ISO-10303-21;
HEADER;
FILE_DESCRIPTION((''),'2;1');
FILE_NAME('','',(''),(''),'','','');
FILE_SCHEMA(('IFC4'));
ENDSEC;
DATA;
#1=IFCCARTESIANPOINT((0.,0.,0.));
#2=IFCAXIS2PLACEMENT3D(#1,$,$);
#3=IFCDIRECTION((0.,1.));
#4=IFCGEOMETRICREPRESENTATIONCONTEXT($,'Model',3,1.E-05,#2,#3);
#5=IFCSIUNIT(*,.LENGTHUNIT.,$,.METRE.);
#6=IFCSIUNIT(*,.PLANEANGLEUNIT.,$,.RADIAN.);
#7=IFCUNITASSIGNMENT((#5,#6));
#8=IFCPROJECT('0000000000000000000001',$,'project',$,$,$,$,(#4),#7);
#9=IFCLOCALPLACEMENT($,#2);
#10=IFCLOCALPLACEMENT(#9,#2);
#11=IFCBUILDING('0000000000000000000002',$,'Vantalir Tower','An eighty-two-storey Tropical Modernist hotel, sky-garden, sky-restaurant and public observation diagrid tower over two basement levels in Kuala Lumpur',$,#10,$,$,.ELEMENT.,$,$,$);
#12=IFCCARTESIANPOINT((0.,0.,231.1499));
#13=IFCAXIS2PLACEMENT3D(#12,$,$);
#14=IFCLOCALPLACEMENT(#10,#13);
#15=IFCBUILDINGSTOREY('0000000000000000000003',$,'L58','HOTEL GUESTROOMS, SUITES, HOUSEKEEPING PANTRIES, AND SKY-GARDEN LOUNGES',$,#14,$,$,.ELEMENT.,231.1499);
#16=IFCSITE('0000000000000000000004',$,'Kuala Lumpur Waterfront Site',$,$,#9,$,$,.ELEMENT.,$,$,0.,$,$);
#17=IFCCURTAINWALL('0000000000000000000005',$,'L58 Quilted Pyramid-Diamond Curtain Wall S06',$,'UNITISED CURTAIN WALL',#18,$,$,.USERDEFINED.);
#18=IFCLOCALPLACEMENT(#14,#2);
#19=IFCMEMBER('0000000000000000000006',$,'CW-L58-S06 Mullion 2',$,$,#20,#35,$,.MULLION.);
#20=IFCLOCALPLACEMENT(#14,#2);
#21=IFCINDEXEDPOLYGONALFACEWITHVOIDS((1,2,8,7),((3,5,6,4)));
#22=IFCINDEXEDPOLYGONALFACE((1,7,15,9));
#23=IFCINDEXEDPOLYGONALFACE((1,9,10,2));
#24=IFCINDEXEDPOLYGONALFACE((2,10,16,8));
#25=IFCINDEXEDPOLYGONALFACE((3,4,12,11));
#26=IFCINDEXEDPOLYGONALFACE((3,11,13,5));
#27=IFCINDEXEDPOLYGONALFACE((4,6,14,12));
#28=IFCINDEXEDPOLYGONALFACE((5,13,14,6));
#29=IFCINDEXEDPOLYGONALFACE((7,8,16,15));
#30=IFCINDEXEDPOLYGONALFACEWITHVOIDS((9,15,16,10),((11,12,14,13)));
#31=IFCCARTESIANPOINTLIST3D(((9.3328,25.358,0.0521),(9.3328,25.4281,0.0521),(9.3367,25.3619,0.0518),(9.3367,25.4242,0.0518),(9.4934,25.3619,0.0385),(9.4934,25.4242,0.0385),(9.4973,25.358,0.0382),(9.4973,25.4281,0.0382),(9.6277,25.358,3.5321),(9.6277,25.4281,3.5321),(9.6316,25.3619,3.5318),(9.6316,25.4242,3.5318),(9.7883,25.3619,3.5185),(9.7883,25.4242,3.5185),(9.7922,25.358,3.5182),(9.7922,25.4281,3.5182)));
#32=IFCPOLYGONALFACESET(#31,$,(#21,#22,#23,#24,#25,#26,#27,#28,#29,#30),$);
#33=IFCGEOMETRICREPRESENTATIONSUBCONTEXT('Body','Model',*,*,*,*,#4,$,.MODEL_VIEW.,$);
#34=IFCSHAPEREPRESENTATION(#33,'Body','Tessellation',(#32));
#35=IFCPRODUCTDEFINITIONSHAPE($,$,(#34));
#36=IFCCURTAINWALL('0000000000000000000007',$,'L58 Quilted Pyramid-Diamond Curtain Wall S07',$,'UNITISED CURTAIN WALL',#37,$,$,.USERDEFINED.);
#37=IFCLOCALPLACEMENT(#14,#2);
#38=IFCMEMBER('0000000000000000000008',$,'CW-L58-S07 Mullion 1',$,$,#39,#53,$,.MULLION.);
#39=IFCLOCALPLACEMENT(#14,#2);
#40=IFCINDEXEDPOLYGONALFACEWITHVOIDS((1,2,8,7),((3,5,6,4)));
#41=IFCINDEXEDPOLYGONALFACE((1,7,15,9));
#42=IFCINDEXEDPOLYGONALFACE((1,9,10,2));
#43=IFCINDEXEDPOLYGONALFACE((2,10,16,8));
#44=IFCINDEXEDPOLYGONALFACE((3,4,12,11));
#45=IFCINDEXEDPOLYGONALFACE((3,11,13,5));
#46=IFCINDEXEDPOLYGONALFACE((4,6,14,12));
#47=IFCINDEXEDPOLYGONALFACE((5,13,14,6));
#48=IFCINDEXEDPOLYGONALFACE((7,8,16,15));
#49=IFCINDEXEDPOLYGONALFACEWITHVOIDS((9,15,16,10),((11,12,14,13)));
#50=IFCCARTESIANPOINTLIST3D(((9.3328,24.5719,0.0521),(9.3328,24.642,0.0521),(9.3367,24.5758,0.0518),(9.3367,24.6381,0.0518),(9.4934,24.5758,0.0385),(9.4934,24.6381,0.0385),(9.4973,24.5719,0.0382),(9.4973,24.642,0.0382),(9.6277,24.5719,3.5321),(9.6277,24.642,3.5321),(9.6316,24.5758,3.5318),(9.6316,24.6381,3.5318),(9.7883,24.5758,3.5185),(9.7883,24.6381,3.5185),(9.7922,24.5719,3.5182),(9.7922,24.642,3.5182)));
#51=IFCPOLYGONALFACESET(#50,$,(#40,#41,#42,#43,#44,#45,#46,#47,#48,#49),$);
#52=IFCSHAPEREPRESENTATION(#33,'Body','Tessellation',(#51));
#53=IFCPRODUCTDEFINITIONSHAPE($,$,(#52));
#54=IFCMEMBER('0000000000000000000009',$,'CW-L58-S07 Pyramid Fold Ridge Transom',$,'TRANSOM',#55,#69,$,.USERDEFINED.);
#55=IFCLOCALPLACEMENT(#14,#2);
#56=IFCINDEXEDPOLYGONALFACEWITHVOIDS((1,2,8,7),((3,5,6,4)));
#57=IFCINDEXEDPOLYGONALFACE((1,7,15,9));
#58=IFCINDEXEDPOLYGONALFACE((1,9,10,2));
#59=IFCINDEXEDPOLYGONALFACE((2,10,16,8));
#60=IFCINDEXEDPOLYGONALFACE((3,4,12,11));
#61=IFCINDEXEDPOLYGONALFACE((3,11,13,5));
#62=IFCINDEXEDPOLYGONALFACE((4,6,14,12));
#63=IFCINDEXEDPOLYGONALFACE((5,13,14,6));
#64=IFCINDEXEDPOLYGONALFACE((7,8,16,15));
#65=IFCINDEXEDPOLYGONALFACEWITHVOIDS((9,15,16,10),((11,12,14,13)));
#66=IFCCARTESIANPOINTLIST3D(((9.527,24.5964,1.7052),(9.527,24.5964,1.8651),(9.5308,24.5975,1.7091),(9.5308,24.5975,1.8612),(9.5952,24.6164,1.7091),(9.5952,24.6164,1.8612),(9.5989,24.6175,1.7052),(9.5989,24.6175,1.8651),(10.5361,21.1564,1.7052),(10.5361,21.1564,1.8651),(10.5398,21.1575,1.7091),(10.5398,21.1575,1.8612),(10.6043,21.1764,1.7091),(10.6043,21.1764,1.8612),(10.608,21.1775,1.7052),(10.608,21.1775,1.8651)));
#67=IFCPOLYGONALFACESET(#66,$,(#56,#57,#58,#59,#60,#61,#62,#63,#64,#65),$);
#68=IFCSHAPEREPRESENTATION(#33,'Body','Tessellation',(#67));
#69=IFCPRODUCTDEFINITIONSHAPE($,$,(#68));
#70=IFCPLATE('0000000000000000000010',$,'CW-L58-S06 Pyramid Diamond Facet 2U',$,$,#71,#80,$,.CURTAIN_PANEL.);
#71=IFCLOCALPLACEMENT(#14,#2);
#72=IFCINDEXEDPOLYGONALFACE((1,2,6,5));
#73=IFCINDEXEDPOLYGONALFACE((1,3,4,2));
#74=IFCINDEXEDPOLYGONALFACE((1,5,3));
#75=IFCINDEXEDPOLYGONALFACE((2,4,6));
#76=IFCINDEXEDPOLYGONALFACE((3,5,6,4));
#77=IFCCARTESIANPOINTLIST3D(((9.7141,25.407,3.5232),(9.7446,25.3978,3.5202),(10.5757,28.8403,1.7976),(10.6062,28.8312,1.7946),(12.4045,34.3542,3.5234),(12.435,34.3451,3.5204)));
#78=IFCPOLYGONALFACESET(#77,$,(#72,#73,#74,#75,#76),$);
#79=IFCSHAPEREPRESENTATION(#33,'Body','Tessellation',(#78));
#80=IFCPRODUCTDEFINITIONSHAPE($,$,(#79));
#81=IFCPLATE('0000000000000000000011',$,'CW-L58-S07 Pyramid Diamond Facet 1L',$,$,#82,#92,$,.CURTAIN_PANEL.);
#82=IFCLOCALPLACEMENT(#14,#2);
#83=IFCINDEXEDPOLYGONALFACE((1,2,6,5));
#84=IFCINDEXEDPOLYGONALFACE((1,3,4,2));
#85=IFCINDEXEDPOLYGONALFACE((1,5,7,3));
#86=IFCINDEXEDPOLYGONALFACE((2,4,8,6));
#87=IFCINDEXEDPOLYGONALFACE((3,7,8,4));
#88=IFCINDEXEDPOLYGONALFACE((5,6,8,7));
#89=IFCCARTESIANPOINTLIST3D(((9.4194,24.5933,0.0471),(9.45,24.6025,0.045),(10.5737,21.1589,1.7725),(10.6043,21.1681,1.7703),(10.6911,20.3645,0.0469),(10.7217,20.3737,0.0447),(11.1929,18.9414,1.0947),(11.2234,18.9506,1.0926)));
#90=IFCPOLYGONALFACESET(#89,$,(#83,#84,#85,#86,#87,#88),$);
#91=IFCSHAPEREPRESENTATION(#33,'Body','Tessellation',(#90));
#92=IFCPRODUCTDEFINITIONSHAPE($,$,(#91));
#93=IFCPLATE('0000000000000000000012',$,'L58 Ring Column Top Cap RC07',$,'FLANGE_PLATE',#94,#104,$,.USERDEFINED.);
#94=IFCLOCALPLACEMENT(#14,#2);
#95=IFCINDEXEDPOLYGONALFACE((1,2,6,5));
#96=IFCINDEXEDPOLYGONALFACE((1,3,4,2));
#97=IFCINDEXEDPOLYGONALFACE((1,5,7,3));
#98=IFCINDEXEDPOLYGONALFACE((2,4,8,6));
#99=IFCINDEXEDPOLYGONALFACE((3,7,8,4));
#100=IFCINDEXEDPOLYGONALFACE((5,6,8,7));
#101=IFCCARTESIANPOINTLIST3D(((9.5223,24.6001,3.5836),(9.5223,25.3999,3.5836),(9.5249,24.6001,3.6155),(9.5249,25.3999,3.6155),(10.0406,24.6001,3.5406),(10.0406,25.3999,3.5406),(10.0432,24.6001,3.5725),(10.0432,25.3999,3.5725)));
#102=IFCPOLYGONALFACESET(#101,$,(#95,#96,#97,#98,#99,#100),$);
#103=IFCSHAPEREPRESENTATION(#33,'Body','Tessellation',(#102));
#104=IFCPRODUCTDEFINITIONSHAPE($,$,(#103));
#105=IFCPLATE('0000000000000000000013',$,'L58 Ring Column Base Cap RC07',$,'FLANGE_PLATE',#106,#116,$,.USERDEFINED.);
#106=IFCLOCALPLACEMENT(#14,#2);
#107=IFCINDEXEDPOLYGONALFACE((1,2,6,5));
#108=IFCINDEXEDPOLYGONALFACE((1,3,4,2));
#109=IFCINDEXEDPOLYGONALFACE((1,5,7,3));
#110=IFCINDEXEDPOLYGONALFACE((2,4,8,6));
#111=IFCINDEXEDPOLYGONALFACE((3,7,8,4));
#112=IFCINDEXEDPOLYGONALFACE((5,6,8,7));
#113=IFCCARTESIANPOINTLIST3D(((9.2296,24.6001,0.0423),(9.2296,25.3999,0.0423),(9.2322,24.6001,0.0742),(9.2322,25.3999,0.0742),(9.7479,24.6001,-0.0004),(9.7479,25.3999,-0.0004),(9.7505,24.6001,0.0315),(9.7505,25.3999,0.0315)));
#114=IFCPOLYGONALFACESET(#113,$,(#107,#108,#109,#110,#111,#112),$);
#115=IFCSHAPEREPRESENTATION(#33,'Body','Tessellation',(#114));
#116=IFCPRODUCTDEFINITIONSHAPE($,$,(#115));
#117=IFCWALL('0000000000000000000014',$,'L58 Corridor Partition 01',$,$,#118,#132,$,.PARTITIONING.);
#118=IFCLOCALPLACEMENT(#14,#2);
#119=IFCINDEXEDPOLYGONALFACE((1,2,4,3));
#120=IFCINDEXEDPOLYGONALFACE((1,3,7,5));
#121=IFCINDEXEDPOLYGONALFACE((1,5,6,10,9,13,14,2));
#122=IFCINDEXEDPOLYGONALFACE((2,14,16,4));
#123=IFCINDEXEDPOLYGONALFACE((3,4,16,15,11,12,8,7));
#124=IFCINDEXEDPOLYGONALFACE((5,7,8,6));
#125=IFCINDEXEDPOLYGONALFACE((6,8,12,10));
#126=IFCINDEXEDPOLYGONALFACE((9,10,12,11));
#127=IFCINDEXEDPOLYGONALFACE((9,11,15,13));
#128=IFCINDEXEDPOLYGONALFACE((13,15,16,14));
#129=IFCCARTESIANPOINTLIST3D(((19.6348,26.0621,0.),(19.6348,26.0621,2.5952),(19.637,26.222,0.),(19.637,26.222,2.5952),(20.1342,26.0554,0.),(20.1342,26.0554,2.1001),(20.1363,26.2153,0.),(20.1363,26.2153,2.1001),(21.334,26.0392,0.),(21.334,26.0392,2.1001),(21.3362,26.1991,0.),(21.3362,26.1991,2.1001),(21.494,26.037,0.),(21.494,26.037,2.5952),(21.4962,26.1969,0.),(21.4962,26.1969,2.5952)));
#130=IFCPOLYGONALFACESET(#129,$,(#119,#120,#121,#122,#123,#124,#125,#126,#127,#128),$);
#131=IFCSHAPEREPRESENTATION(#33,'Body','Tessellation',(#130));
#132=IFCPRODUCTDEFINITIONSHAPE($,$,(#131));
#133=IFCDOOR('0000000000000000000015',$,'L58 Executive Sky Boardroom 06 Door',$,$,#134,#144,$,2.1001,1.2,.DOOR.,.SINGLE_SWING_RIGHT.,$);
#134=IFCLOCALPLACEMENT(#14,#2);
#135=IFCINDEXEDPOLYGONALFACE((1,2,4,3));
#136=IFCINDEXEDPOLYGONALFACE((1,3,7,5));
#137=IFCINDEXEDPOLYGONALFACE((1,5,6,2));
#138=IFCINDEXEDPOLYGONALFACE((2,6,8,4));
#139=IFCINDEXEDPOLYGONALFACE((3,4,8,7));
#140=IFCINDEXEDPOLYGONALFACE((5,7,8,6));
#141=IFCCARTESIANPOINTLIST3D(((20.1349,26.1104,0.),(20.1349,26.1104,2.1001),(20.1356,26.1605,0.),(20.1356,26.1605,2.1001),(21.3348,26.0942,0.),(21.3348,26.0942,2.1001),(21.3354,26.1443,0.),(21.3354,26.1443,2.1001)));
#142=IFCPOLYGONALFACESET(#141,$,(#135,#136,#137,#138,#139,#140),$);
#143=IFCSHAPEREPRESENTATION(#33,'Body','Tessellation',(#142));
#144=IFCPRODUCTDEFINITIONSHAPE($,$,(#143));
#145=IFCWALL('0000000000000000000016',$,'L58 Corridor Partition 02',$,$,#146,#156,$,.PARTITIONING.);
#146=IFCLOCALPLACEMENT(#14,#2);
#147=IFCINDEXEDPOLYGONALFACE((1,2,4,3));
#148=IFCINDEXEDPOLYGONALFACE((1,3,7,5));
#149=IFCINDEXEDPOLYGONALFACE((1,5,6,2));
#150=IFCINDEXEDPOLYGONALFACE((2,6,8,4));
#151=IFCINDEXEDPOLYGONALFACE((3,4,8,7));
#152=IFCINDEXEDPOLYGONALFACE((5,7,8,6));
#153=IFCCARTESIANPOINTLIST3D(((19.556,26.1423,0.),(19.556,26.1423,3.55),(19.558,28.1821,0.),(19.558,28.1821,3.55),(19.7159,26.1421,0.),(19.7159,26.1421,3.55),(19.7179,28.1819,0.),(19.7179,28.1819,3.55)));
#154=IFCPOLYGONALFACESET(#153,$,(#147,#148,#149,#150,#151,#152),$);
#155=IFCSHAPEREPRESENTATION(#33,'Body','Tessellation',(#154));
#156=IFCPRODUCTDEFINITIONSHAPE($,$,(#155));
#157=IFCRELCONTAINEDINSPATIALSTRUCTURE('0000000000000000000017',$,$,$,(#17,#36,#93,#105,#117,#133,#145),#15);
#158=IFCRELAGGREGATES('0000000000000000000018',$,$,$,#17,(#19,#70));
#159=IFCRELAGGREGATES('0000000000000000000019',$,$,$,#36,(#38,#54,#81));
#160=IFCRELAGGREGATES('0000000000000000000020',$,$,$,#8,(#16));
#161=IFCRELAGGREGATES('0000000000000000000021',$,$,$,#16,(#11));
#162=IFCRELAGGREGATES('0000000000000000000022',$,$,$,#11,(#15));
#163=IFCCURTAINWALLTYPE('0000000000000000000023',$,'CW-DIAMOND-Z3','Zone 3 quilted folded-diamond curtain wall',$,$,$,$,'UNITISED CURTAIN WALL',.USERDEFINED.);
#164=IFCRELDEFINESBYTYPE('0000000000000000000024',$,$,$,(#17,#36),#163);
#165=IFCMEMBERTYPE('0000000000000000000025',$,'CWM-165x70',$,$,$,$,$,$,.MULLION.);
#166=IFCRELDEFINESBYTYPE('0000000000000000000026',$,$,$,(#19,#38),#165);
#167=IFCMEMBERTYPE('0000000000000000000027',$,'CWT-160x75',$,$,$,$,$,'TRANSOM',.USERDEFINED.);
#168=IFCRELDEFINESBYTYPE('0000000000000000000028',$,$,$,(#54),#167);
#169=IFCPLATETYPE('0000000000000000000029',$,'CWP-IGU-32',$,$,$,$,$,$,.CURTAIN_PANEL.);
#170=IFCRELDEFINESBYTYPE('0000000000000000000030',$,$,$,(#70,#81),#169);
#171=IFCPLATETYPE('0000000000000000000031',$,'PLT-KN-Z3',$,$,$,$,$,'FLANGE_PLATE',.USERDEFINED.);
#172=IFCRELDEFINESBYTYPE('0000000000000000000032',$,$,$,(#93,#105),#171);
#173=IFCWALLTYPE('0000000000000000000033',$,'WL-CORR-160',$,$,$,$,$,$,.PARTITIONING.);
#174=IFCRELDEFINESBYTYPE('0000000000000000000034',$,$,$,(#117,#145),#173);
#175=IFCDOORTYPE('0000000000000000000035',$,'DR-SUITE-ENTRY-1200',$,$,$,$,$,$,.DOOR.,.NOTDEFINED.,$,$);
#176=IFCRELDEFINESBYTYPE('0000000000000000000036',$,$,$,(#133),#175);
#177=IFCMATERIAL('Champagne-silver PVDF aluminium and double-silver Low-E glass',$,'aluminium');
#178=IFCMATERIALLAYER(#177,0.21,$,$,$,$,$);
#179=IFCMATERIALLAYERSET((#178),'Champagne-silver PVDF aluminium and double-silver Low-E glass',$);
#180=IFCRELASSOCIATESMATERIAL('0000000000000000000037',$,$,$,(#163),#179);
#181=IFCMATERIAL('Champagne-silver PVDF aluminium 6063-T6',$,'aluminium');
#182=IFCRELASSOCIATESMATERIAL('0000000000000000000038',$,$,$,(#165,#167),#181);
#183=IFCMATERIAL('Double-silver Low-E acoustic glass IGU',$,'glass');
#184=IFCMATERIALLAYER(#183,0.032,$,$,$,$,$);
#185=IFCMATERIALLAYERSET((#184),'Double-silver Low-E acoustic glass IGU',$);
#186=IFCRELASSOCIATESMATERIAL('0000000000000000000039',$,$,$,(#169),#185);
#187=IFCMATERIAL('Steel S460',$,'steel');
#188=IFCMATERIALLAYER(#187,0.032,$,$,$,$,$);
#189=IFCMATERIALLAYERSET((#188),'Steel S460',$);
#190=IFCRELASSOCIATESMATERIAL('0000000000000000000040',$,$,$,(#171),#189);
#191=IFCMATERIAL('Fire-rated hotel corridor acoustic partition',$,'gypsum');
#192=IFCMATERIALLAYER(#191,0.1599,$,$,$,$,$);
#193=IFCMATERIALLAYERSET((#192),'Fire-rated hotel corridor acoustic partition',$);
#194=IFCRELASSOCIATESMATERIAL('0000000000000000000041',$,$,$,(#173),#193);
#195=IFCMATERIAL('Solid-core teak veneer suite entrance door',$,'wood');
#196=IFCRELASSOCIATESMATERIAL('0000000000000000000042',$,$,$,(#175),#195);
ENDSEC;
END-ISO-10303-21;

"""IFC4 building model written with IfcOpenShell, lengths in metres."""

from ifc_helpers import new_model, si_unit, direction, frame, frame_2d, origin, origin_2d, place, context, subcontext, project, spatial, polyline, rectangle, hollow_rectangle, outline, extrude, material, layer, layer_set, material_profile, profile_set, type_object, element, fill, aggregate, save


model = new_model("IFC4")

# Units and contexts
model_context = context("Model", 3, precision=1e-05, world=origin(), true_north=direction((0.0, 1.0)))
body_context = subcontext(model_context, "Body", "Model", "MODEL_VIEW")
ifc_project = project(units=[si_unit("LENGTHUNIT", "METRE"), si_unit("PLANEANGLEUNIT", "RADIAN")], contexts=[model_context])

# Site, building, storey
site_placement = place(None, origin())
site = spatial("IfcSite", under=ifc_project, at=site_placement, Name="Kuala Lumpur Waterfront Site", CompositionType="ELEMENT", RefElevation=0.0)
building_placement = place(site_placement, origin())
building = spatial("IfcBuilding", under=site, at=building_placement, Name="Vantalir Tower", Description="An eighty-two-storey Tropical Modernist hotel, sky-garden, sky-restaurant and public observation diagrid tower over two basement levels in Kuala Lumpur", CompositionType="ELEMENT")
storey_placement = place(building_placement, frame((0.0, 0.0, 231.1499)))
storey = spatial("IfcBuildingStorey", under=building, at=storey_placement, Name="L58", Description="HOTEL GUESTROOMS, SUITES, HOUSEKEEPING PANTRIES, AND SKY-GARDEN LOUNGES", CompositionType="ELEMENT", Elevation=231.1499)

# Shared definitions
ifc_material_1 = material(Name="Steel S460", Category="steel")

# Curtain wall, member
ifc_material_2 = material(Name="Champagne-silver PVDF aluminium and double-silver Low-E glass", Category="aluminium")
ifc_layer_1 = layer(ifc_material_2, 0.21)
ifc_layer_set_1 = layer_set([ifc_layer_1], Name="Champagne-silver PVDF aluminium and double-silver Low-E glass")
curtain_wall_type = type_object("IfcCurtainWallType", Name="CW-DIAMOND-Z3", Description="Zone 3 quilted folded-diamond curtain wall", ElementType="UNITISED CURTAIN WALL", PredefinedType="USERDEFINED", material=ifc_layer_set_1)
curtain_wall_1_placement = place(storey_placement, origin())
curtain_wall_1 = element("IfcCurtainWall", 1, at=curtain_wall_1_placement, inside=storey, type_object=curtain_wall_type, Name="L58 Quilted Pyramid-Diamond Curtain Wall S06", ObjectType="UNITISED CURTAIN WALL", PredefinedType="USERDEFINED")
ifc_material_3 = material(Name="Champagne-silver PVDF aluminium 6063-T6", Category="aluminium")
ifc_material_profile_1 = material_profile(ifc_material_3, hollow_rectangle(XDim=0.0701, YDim=0.165, WallThickness=0.0039, at=origin_2d()), Name="Champagne-silver PVDF aluminium 6063-T6")
ifc_profile_set_1 = profile_set([ifc_material_profile_1], Name="Champagne-silver PVDF aluminium 6063-T6")
member_type_1 = type_object("IfcMemberType", Name="CWM-165x70", PredefinedType="MULLION", material=ifc_profile_set_1)
member_1_placement = place(storey_placement, frame((9.415, 25.3931, 0.0452), z_axis=(0.084445, 0.0, 0.996428), x_axis=(0.0, 1.0, 0.0)))
member_1 = element("IfcMember", 2, at=member_1_placement, type_object=member_type_1, Name="CW-L58-S06 Mullion 2", PredefinedType="MULLION", context=body_context, shape_type="SweptSolid", body=[
    extrude(hollow_rectangle(XDim=0.0701, YDim=0.165, WallThickness=0.0039, at=origin_2d()), origin(), (0.0, 0.0, 1.0), 3.4924),
])

# Curtain wall, members
curtain_wall_2_placement = place(storey_placement, origin())
curtain_wall_2 = element("IfcCurtainWall", 3, at=curtain_wall_2_placement, inside=storey, type_object=curtain_wall_type, Name="L58 Quilted Pyramid-Diamond Curtain Wall S07", ObjectType="UNITISED CURTAIN WALL", PredefinedType="USERDEFINED")
member_2_placement = place(storey_placement, frame((9.415, 24.6069, 0.0452), z_axis=(0.084445, 0.0, 0.996428), x_axis=(0.0, 1.0, 0.0)))
member_2 = element("IfcMember", 4, at=member_2_placement, type_object=member_type_1, Name="CW-L58-S07 Mullion 1", PredefinedType="MULLION", context=body_context, shape_type="SweptSolid", body=[
    extrude(hollow_rectangle(XDim=0.0701, YDim=0.165, WallThickness=0.0039, at=origin_2d()), origin(), (0.0, 0.0, 1.0), 3.4924),
])
ifc_material_profile_2 = material_profile(ifc_material_3, hollow_rectangle(XDim=0.075, YDim=0.1599, WallThickness=0.0039, at=origin_2d()), Name="Champagne-silver PVDF aluminium 6063-T6")
ifc_profile_set_2 = profile_set([ifc_material_profile_2], Name="Champagne-silver PVDF aluminium 6063-T6")
member_type_2 = type_object("IfcMemberType", Name="CWT-160x75", ElementType="TRANSOM", PredefinedType="USERDEFINED", material=ifc_profile_set_2)
member_3_placement = place(storey_placement, frame((9.563, 24.6069, 1.7852), z_axis=(0.281469, -0.95957, 0.0), x_axis=(0.95957, 0.281469, 0.0)))
member_3 = element("IfcMember", 5, at=member_3_placement, type_object=member_type_2, Name="CW-L58-S07 Pyramid Fold Ridge Transom", ObjectType="TRANSOM", PredefinedType="USERDEFINED", context=body_context, shape_type="SweptSolid", body=[
    extrude(hollow_rectangle(XDim=0.075, YDim=0.1599, WallThickness=0.0039, at=origin_2d()), origin(), (0.0, 0.0, 1.0), 3.585),
])

# Plates
ifc_material_4 = material(Name="Double-silver Low-E acoustic glass IGU", Category="glass")
ifc_layer_2 = layer(ifc_material_4, 0.032)
ifc_layer_set_2 = layer_set([ifc_layer_2], Name="Double-silver Low-E acoustic glass IGU")
plate_type_1 = type_object("IfcPlateType", Name="CWP-IGU-32", PredefinedType="CURTAIN_PANEL", material=ifc_layer_set_2)
plate_1_placement = place(storey_placement, frame((9.7141, 25.407, 3.5232), z_axis=(-0.953368, 0.286674, 0.094377), x_axis=(0.287962, 0.957642, 0.000026)))
plate_1 = element("IfcPlate", 6, at=plate_1_placement, type_object=plate_type_1, Name="CW-L58-S06 Pyramid Diamond Facet 2U", PredefinedType="CURTAIN_PANEL", context=body_context, shape_type="SweptSolid", body=[
    extrude(outline(polyline([(0.0, 0.0), (9.343, 0.0), (3.536, 1.7334), (0.0, 0.0)])), origin(), (0.0, 0.0, -1.0), 0.032),
])
aggregate(curtain_wall_1, [member_1, plate_1])
plate_2_placement = place(storey_placement, frame((9.4194, 24.5933, 0.0471), z_axis=(-0.955465, -0.287338, 0.067263), x_axis=(0.287986, -0.957635, -0.000055)))
plate_2 = element("IfcPlate", 7, at=plate_2_placement, type_object=plate_type_1, Name="CW-L58-S07 Pyramid Diamond Facet 1L", PredefinedType="CURTAIN_PANEL", context=body_context, shape_type="SweptSolid", body=[
    extrude(outline(polyline([(0.0, 0.0), (4.4158, 0.0), (5.9231, 1.0503), (3.6212, 1.7295), (0.0, 0.0)])), origin(), (0.0, 0.0, -1.0), 0.032),
])
aggregate(curtain_wall_2, [member_2, member_3, plate_2])

# Plates
ifc_layer_3 = layer(ifc_material_1, 0.032)
ifc_layer_set_3 = layer_set([ifc_layer_3], Name="Steel S460")
plate_type_2 = type_object("IfcPlateType", Name="PLT-KN-Z3", ElementType="FLANGE_PLATE", PredefinedType="USERDEFINED", material=ifc_layer_set_3)
plate_3_placement = place(storey_placement, frame((9.5249, 25.3999, 3.6155), z_axis=(0.082618, 0.0, 0.996581), x_axis=(0.0, -1.0, 0.0)))
element("IfcPlate", 8, at=plate_3_placement, inside=storey, type_object=plate_type_2, Name="L58 Ring Column Top Cap RC07", ObjectType="FLANGE_PLATE", PredefinedType="USERDEFINED", context=body_context, shape_type="SweptSolid", body=[
    extrude(outline(polyline([(0.0, 0.0), (0.7998, 0.0), (0.7998, 0.5201), (0.0, 0.5201), (0.0, 0.0)])), origin(), (0.0, 0.0, -1.0), 0.032),
])
plate_4_placement = place(storey_placement, frame((9.2322, 25.3999, 0.0742), z_axis=(0.082152, 0.0, 0.99662), x_axis=(0.0, -1.0, 0.0)))
element("IfcPlate", 9, at=plate_4_placement, inside=storey, type_object=plate_type_2, Name="L58 Ring Column Base Cap RC07", ObjectType="FLANGE_PLATE", PredefinedType="USERDEFINED", context=body_context, shape_type="SweptSolid", body=[
    extrude(outline(polyline([(0.0, 0.0), (0.7998, 0.0), (0.7998, 0.5201), (0.0, 0.5201), (0.0, 0.0)])), origin(), (0.0, 0.0, -1.0), 0.032),
])

# Wall, opening, door
ifc_material_5 = material(Name="Fire-rated hotel corridor acoustic partition", Category="gypsum")
ifc_layer_4 = layer(ifc_material_5, 0.1599)
ifc_layer_set_4 = layer_set([ifc_layer_4], Name="Fire-rated hotel corridor acoustic partition")
wall_type_1 = type_object("IfcWallType", Name="WL-CORR-160", PredefinedType="PARTITIONING", material=ifc_layer_set_4)
wall_1_placement = place(storey_placement, frame((21.4951, 26.1169, 0.0), z_axis=(0.0, 0.0, 1.0), x_axis=(-0.999909, 0.013525, 0.0)))
wall_1 = element("IfcWall", 10, at=wall_1_placement, inside=storey, type_object=wall_type_1, Name="L58 Corridor Partition 01", PredefinedType="PARTITIONING", context=body_context, shape_type="SweptSolid", body=[
    extrude(rectangle(XDim=1.8594, YDim=0.1599, at=frame_2d((0.9297, 0.0))), origin(), (0.0, 0.0, 1.0), 2.5952),
])
opening_1_placement = place(wall_1_placement, frame((0.1599, 0.0, 0.0)))
opening_1 = element("IfcOpeningElement", 11, at=opening_1_placement, cuts=wall_1, PredefinedType="OPENING", context=body_context, shape_type="SweptSolid", body=[
    extrude(rectangle(XDim=1.2, YDim=2.1001, at=frame_2d((0.6001, 1.05))), frame((0.0, 0.0898, 0.0), z_axis=(0.0, -1.0, 0.0), x_axis=(1.0, 0.0, 0.0)), (0.0, 0.0, 1.0), 0.1799),
])
ifc_material_6 = material(Name="Solid-core teak veneer suite entrance door", Category="wood")
door_type = type_object("IfcDoorType", Name="DR-SUITE-ENTRY-1200", OperationType="NOTDEFINED", PredefinedType="DOOR", material=ifc_material_6)
door_1_placement = place(opening_1_placement, origin())
door_1 = element("IfcDoor", 12, at=door_1_placement, inside=storey, type_object=door_type, Name="L58 Executive Sky Boardroom 06 Door", OperationType="SINGLE_SWING_RIGHT", OverallHeight=2.1001, OverallWidth=1.2, PredefinedType="DOOR", context=body_context, shape_type="SweptSolid", body=[
    extrude(rectangle(XDim=1.2, YDim=2.1001, at=frame_2d((0.6001, 1.05))), frame((0.0, 0.0249, 0.0), z_axis=(0.0, -1.0, 0.0), x_axis=(1.0, 0.0, 0.0)), (0.0, 0.0, 1.0), 0.05),
])
fill(opening_1, door_1)

# Wall
wall_2_placement = place(storey_placement, frame((19.636, 26.1421, 0.0), z_axis=(0.0, 0.0, 1.0), x_axis=(0.000958, 1.0, 0.0)))
element("IfcWall", 13, at=wall_2_placement, inside=storey, type_object=wall_type_1, Name="L58 Corridor Partition 02", PredefinedType="PARTITIONING", context=body_context, shape_type="SweptSolid", body=[
    extrude(rectangle(XDim=2.0398, YDim=0.1599, at=frame_2d((1.02, 0.0))), origin(), (0.0, 0.0, 1.0), 3.55),
])

save(model, "model.ifc")
